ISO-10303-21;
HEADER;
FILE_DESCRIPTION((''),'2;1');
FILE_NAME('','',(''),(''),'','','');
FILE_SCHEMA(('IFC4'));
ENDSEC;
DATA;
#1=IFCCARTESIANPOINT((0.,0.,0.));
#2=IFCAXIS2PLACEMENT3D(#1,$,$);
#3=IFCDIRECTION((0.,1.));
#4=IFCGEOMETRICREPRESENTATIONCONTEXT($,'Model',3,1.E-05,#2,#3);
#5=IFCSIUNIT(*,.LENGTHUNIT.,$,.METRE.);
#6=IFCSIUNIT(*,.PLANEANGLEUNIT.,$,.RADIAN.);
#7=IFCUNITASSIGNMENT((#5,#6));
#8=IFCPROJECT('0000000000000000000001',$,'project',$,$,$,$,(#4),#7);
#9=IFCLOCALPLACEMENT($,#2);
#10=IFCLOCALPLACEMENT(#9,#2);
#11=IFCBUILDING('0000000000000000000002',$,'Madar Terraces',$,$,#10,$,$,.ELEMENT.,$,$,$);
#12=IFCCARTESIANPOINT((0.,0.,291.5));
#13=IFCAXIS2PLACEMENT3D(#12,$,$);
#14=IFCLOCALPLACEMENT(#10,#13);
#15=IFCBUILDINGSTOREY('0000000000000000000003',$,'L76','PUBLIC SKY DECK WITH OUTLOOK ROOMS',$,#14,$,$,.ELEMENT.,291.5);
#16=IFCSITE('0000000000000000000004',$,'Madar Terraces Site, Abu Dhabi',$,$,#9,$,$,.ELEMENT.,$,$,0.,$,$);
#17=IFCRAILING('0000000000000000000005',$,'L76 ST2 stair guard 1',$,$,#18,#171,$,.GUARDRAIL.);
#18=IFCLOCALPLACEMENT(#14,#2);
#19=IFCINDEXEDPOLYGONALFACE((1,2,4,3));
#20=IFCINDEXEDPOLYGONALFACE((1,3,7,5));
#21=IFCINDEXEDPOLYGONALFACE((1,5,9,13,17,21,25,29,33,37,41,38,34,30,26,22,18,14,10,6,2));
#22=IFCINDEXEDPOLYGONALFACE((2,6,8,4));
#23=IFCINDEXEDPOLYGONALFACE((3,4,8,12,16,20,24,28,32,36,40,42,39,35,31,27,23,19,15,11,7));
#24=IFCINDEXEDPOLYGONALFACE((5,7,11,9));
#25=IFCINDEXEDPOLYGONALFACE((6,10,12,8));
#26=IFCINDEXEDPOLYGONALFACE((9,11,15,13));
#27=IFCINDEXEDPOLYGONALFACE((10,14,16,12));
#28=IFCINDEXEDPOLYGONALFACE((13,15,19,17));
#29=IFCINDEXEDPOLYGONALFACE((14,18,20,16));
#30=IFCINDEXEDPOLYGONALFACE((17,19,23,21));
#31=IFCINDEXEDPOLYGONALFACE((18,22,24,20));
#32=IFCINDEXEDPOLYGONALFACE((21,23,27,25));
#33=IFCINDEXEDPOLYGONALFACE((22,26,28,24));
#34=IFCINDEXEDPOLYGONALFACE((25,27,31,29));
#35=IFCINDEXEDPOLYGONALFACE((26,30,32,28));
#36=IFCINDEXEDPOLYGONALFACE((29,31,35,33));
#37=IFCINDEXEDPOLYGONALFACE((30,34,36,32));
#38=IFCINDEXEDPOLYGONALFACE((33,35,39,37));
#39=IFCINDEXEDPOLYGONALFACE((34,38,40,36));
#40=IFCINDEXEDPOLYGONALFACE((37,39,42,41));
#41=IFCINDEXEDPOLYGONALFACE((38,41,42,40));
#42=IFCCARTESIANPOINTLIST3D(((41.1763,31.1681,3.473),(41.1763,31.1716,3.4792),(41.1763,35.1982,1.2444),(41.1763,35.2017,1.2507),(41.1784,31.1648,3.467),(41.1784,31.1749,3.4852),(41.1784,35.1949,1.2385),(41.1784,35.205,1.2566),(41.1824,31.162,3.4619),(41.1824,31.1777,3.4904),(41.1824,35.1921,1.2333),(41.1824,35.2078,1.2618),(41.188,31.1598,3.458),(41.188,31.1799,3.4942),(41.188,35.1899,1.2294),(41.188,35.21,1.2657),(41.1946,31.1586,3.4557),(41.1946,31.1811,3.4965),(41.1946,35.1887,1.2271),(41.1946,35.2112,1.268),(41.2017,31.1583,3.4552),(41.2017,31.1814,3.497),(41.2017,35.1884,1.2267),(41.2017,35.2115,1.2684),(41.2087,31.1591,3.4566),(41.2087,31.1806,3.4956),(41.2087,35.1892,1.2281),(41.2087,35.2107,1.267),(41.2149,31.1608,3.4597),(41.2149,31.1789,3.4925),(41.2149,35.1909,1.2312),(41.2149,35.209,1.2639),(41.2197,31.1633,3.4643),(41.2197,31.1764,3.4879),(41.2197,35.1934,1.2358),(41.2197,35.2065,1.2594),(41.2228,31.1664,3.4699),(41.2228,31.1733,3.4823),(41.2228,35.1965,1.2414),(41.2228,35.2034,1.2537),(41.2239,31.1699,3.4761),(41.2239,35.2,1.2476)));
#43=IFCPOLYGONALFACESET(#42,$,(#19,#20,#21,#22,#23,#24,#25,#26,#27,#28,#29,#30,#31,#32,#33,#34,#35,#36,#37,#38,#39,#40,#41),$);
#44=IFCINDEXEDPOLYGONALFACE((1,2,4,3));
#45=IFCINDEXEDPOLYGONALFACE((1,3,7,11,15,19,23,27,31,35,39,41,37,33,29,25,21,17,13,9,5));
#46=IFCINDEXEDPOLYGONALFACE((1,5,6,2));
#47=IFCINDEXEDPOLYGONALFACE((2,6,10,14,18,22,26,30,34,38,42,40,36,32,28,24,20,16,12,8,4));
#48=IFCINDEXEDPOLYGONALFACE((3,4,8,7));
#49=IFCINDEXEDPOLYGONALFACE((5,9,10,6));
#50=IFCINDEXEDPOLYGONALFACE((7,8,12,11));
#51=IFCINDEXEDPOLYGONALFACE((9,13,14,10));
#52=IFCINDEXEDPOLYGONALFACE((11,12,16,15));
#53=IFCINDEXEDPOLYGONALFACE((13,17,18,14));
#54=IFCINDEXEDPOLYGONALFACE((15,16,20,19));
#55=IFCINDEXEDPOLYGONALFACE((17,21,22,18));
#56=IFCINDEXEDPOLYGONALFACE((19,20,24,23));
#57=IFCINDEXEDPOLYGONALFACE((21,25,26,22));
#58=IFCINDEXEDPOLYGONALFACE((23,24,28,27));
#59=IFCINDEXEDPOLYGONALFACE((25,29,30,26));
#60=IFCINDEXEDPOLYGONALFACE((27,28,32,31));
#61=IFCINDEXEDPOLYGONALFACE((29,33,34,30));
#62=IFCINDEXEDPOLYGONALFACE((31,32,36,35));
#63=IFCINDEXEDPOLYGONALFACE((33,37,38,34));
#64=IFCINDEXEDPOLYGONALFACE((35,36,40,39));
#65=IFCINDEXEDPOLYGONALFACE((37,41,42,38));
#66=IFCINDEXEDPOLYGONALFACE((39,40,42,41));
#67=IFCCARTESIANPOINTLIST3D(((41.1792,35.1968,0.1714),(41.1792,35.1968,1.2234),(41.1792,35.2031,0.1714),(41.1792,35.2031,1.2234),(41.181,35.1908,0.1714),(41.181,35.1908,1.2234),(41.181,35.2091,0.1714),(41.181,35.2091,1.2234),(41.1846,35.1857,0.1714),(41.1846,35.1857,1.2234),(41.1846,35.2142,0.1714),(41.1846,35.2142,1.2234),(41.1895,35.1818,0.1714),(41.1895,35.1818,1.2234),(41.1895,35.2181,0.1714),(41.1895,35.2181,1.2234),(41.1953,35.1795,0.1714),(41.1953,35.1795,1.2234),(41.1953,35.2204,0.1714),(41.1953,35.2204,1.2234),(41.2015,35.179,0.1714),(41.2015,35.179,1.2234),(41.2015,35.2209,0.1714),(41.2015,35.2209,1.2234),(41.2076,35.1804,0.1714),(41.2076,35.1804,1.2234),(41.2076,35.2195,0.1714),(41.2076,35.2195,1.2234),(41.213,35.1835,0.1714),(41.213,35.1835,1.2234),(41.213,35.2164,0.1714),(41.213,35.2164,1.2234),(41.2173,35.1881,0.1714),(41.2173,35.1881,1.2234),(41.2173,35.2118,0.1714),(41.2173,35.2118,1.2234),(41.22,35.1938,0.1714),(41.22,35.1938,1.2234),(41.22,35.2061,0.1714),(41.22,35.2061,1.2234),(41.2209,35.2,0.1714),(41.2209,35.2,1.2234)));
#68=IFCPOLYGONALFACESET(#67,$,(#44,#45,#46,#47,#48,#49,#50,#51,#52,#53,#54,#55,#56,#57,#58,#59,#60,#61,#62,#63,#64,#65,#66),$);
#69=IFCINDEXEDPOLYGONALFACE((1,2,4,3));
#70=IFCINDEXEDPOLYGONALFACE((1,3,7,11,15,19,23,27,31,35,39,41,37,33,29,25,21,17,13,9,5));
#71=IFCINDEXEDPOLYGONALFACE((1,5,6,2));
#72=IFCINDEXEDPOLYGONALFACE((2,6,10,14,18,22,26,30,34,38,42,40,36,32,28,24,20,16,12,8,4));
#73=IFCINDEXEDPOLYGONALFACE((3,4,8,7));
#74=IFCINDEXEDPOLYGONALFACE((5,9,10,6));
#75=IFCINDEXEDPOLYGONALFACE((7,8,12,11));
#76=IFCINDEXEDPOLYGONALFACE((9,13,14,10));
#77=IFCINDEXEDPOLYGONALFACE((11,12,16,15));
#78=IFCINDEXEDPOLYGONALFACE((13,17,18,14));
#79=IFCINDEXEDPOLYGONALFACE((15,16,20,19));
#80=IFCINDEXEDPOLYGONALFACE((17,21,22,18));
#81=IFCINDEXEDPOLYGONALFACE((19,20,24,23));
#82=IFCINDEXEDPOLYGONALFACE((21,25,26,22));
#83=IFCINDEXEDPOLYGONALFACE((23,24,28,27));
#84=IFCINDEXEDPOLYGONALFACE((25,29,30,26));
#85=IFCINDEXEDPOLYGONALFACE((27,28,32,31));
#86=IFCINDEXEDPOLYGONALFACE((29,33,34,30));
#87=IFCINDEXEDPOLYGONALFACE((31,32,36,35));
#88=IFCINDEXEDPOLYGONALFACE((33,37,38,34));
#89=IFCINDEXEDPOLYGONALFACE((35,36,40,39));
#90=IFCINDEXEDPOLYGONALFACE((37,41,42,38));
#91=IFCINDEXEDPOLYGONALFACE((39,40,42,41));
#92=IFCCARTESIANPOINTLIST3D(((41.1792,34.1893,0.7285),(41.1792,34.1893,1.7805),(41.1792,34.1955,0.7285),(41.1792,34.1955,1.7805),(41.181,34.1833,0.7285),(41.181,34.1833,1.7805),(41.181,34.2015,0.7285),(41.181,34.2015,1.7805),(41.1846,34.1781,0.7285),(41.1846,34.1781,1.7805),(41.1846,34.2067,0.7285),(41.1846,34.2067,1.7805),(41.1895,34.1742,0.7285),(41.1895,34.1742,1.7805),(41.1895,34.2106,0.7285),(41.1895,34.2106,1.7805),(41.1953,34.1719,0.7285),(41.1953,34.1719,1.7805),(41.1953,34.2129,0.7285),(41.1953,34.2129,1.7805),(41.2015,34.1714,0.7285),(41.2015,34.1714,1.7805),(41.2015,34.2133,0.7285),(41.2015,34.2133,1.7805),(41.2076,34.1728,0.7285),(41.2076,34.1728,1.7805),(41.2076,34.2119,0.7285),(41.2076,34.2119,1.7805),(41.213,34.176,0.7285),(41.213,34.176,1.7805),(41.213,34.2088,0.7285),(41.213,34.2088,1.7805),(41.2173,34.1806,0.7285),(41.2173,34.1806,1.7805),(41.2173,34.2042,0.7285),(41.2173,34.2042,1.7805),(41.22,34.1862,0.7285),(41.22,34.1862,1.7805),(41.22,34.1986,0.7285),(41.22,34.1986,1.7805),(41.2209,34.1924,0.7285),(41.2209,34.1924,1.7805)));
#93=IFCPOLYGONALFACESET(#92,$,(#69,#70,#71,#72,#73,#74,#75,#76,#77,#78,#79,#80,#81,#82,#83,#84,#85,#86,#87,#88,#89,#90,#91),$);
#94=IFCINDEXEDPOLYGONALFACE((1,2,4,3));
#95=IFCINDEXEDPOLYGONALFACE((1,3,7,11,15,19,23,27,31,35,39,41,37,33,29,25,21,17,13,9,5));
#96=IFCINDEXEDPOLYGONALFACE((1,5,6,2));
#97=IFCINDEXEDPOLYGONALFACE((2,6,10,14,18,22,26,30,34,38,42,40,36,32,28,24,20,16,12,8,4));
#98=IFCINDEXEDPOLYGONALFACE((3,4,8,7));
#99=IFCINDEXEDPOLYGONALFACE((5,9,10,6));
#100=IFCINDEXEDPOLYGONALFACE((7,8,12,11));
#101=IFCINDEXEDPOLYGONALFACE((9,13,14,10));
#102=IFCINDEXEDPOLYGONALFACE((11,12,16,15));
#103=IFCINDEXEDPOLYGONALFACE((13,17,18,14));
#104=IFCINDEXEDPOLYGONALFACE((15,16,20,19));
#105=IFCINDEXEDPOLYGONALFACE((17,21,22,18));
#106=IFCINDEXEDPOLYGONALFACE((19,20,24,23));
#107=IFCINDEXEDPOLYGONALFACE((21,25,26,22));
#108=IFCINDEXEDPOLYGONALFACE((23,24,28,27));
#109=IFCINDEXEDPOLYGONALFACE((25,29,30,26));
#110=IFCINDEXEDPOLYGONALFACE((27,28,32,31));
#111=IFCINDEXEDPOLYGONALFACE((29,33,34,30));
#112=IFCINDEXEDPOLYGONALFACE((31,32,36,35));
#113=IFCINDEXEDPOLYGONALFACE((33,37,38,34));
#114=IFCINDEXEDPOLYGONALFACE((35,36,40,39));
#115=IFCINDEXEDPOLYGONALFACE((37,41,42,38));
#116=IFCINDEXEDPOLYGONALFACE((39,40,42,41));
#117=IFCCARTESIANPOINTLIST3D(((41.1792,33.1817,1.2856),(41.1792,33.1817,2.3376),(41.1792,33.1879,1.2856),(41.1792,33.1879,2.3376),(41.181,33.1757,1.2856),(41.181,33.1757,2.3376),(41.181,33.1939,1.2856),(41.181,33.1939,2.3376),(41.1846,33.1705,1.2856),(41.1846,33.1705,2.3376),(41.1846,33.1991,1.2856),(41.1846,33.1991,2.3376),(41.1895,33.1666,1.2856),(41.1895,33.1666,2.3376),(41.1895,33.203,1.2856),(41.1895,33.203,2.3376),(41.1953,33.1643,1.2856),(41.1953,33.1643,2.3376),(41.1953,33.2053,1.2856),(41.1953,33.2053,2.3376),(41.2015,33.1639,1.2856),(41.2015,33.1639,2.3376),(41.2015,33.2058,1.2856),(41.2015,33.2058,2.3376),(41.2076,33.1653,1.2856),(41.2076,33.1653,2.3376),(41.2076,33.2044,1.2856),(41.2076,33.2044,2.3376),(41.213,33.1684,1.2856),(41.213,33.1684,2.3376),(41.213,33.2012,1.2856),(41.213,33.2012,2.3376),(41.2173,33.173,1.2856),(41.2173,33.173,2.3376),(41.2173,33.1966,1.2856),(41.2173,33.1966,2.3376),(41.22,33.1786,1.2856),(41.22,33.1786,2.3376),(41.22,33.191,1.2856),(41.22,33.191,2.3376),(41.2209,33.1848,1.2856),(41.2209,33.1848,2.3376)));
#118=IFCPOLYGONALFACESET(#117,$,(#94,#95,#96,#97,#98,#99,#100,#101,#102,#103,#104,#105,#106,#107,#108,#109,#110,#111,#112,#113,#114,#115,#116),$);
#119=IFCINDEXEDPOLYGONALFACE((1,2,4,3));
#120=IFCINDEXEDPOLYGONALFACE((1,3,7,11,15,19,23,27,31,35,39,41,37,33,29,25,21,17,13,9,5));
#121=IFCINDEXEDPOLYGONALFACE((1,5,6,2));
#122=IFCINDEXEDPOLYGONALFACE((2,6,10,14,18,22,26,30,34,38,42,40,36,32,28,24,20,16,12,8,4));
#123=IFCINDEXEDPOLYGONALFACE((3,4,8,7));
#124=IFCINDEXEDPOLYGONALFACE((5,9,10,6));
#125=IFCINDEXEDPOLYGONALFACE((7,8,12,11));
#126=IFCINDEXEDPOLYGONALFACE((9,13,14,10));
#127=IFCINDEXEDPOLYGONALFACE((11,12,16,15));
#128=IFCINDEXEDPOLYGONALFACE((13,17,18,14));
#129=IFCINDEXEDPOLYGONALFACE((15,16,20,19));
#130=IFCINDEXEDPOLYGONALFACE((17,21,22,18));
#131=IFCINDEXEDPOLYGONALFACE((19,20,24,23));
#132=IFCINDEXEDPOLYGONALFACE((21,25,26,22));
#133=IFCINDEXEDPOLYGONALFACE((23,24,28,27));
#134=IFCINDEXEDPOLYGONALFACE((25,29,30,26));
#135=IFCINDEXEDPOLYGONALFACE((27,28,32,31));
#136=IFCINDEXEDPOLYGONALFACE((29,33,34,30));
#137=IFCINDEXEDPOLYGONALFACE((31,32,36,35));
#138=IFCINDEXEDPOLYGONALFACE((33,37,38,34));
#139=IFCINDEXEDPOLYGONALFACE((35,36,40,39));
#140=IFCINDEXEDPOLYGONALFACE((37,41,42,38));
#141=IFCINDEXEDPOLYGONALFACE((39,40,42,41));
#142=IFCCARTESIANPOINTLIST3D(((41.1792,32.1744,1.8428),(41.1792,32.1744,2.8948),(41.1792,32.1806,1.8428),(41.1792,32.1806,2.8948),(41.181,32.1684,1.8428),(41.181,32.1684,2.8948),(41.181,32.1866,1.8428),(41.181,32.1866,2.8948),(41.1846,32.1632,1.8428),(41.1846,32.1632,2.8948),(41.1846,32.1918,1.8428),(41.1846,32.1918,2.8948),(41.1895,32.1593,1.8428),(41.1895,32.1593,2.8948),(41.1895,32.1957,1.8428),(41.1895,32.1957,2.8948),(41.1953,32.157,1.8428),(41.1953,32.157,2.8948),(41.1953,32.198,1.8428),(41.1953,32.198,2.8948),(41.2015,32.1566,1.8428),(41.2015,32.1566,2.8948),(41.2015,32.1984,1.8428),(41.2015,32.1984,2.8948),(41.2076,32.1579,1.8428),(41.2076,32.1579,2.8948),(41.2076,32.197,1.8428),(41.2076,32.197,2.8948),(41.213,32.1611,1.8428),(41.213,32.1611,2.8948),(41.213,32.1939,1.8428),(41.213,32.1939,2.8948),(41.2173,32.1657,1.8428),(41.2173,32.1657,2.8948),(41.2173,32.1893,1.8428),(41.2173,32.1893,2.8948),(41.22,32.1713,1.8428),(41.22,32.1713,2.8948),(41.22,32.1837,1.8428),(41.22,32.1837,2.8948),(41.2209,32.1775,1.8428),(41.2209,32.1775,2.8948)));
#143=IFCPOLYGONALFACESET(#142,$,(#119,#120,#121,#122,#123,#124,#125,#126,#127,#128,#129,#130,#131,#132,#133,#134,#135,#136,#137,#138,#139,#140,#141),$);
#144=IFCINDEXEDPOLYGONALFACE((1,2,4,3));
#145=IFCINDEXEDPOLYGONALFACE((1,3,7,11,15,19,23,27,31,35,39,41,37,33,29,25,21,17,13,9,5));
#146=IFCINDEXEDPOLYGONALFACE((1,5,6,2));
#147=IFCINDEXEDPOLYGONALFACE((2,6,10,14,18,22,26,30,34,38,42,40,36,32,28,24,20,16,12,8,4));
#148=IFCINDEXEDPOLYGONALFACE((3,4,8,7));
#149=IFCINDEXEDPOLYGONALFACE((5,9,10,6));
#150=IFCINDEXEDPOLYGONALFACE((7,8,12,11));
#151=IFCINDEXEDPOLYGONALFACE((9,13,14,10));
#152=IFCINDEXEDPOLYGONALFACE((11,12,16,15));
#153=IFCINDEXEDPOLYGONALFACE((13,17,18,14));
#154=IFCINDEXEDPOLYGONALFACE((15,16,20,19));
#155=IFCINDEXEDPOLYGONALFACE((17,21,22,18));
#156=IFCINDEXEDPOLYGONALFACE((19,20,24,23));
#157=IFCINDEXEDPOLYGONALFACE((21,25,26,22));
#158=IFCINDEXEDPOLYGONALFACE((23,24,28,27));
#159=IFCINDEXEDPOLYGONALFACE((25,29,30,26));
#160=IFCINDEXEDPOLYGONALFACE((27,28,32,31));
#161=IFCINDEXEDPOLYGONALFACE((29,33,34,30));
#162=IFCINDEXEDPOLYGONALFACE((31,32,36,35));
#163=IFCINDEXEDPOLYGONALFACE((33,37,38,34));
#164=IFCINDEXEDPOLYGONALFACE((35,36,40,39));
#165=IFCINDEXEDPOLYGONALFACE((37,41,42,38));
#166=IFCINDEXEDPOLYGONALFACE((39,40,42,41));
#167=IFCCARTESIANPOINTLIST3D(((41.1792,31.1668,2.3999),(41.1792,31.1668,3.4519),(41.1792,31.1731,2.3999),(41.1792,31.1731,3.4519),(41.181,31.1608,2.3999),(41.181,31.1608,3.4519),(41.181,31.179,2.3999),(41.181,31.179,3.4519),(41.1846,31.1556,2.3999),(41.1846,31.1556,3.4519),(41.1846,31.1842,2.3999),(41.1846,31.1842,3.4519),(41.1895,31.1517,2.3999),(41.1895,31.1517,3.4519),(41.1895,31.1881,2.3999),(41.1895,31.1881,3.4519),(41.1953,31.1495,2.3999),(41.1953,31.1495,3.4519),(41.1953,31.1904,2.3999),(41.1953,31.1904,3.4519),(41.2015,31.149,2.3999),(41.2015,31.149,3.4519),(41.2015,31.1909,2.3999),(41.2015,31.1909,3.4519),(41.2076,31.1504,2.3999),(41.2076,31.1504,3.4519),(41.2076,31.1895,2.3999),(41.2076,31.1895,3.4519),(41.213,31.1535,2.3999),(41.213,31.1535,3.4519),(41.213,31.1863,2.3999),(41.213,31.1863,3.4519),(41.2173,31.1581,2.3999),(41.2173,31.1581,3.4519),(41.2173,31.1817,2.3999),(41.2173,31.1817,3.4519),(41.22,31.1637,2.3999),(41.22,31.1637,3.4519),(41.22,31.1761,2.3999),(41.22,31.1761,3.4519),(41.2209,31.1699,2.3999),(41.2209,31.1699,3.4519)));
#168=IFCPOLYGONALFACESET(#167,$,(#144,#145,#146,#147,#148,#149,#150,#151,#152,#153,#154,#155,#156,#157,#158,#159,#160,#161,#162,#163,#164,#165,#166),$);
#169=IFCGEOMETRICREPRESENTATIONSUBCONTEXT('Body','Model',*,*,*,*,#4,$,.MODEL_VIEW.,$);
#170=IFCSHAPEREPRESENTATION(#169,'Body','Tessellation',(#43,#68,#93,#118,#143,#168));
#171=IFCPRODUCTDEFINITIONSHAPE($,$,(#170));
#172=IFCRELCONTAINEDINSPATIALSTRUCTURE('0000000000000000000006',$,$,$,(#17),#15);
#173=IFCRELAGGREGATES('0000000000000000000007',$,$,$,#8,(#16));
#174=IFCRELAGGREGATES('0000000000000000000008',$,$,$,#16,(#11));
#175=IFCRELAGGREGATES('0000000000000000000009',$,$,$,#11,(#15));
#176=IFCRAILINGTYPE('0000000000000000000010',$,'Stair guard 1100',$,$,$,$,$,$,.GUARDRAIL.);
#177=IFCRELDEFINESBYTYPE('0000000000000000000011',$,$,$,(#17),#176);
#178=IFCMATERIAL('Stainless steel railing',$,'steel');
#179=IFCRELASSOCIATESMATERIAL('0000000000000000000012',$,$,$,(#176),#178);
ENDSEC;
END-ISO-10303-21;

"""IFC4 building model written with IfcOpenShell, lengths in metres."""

from ifc_helpers import new_model, si_unit, direction, frame, origin, origin_2d, place, context, subcontext, project, spatial, circle, extrude, material, type_object, element, save


model = new_model("IFC4")

# Units and contexts
model_context = context("Model", 3, precision=1e-05, world=origin(), true_north=direction((0.0, 1.0)))
body_context = subcontext(model_context, "Body", "Model", "MODEL_VIEW")
ifc_project = project(units=[si_unit("LENGTHUNIT", "METRE"), si_unit("PLANEANGLEUNIT", "RADIAN")], contexts=[model_context])

# Site, building, storey
site_placement = place(None, origin())
site = spatial("IfcSite", under=ifc_project, at=site_placement, Name="Madar Terraces Site, Abu Dhabi", CompositionType="ELEMENT", RefElevation=0.0)
building_placement = place(site_placement, origin())
building = spatial("IfcBuilding", under=site, at=building_placement, Name="Madar Terraces", CompositionType="ELEMENT")
storey_placement = place(building_placement, frame((0.0, 0.0, 291.5)))
storey = spatial("IfcBuildingStorey", under=building, at=storey_placement, Name="L76", Description="PUBLIC SKY DECK WITH OUTLOOK ROOMS", CompositionType="ELEMENT", Elevation=291.5)

# Railing
ifc_material_1 = material(Name="Stainless steel railing", Category="steel")
railing_type_1 = type_object("IfcRailingType", Name="Stair guard 1100", PredefinedType="GUARDRAIL", material=ifc_material_1)
railing_1_placement = place(storey_placement, frame((41.2, 35.2, 0.1714)))
element("IfcRailing", 1, at=railing_1_placement, inside=storey, type_object=railing_type_1, Name="L76 ST2 stair guard 1", PredefinedType="GUARDRAIL", context=body_context, shape_type="SweptSolid", body=[
    extrude(circle(Radius=0.0239, at=origin_2d()), frame((0.0, 0.0, 1.0762), z_axis=(0.0, -0.875113, 0.483918), x_axis=(1.0, 0.0, 0.0)), (0.0, 0.0, 1.0), 4.6052),
    extrude(circle(Radius=0.021, at=origin_2d()), origin(), (0.0, 0.0, 1.0), 1.052),
    extrude(circle(Radius=0.021, at=origin_2d()), frame((0.0, -1.0076, 0.5571)), (0.0, 0.0, 1.0), 1.052),
    extrude(circle(Radius=0.021, at=origin_2d()), frame((0.0, -2.0151, 1.1143)), (0.0, 0.0, 1.0), 1.052),
    extrude(circle(Radius=0.021, at=origin_2d()), frame((0.0, -3.0225, 1.6714)), (0.0, 0.0, 1.0), 1.052),
    extrude(circle(Radius=0.021, at=origin_2d()), frame((0.0, -4.03, 2.2285)), (0.0, 0.0, 1.0), 1.052),
])

save(model, "model.ifc")
